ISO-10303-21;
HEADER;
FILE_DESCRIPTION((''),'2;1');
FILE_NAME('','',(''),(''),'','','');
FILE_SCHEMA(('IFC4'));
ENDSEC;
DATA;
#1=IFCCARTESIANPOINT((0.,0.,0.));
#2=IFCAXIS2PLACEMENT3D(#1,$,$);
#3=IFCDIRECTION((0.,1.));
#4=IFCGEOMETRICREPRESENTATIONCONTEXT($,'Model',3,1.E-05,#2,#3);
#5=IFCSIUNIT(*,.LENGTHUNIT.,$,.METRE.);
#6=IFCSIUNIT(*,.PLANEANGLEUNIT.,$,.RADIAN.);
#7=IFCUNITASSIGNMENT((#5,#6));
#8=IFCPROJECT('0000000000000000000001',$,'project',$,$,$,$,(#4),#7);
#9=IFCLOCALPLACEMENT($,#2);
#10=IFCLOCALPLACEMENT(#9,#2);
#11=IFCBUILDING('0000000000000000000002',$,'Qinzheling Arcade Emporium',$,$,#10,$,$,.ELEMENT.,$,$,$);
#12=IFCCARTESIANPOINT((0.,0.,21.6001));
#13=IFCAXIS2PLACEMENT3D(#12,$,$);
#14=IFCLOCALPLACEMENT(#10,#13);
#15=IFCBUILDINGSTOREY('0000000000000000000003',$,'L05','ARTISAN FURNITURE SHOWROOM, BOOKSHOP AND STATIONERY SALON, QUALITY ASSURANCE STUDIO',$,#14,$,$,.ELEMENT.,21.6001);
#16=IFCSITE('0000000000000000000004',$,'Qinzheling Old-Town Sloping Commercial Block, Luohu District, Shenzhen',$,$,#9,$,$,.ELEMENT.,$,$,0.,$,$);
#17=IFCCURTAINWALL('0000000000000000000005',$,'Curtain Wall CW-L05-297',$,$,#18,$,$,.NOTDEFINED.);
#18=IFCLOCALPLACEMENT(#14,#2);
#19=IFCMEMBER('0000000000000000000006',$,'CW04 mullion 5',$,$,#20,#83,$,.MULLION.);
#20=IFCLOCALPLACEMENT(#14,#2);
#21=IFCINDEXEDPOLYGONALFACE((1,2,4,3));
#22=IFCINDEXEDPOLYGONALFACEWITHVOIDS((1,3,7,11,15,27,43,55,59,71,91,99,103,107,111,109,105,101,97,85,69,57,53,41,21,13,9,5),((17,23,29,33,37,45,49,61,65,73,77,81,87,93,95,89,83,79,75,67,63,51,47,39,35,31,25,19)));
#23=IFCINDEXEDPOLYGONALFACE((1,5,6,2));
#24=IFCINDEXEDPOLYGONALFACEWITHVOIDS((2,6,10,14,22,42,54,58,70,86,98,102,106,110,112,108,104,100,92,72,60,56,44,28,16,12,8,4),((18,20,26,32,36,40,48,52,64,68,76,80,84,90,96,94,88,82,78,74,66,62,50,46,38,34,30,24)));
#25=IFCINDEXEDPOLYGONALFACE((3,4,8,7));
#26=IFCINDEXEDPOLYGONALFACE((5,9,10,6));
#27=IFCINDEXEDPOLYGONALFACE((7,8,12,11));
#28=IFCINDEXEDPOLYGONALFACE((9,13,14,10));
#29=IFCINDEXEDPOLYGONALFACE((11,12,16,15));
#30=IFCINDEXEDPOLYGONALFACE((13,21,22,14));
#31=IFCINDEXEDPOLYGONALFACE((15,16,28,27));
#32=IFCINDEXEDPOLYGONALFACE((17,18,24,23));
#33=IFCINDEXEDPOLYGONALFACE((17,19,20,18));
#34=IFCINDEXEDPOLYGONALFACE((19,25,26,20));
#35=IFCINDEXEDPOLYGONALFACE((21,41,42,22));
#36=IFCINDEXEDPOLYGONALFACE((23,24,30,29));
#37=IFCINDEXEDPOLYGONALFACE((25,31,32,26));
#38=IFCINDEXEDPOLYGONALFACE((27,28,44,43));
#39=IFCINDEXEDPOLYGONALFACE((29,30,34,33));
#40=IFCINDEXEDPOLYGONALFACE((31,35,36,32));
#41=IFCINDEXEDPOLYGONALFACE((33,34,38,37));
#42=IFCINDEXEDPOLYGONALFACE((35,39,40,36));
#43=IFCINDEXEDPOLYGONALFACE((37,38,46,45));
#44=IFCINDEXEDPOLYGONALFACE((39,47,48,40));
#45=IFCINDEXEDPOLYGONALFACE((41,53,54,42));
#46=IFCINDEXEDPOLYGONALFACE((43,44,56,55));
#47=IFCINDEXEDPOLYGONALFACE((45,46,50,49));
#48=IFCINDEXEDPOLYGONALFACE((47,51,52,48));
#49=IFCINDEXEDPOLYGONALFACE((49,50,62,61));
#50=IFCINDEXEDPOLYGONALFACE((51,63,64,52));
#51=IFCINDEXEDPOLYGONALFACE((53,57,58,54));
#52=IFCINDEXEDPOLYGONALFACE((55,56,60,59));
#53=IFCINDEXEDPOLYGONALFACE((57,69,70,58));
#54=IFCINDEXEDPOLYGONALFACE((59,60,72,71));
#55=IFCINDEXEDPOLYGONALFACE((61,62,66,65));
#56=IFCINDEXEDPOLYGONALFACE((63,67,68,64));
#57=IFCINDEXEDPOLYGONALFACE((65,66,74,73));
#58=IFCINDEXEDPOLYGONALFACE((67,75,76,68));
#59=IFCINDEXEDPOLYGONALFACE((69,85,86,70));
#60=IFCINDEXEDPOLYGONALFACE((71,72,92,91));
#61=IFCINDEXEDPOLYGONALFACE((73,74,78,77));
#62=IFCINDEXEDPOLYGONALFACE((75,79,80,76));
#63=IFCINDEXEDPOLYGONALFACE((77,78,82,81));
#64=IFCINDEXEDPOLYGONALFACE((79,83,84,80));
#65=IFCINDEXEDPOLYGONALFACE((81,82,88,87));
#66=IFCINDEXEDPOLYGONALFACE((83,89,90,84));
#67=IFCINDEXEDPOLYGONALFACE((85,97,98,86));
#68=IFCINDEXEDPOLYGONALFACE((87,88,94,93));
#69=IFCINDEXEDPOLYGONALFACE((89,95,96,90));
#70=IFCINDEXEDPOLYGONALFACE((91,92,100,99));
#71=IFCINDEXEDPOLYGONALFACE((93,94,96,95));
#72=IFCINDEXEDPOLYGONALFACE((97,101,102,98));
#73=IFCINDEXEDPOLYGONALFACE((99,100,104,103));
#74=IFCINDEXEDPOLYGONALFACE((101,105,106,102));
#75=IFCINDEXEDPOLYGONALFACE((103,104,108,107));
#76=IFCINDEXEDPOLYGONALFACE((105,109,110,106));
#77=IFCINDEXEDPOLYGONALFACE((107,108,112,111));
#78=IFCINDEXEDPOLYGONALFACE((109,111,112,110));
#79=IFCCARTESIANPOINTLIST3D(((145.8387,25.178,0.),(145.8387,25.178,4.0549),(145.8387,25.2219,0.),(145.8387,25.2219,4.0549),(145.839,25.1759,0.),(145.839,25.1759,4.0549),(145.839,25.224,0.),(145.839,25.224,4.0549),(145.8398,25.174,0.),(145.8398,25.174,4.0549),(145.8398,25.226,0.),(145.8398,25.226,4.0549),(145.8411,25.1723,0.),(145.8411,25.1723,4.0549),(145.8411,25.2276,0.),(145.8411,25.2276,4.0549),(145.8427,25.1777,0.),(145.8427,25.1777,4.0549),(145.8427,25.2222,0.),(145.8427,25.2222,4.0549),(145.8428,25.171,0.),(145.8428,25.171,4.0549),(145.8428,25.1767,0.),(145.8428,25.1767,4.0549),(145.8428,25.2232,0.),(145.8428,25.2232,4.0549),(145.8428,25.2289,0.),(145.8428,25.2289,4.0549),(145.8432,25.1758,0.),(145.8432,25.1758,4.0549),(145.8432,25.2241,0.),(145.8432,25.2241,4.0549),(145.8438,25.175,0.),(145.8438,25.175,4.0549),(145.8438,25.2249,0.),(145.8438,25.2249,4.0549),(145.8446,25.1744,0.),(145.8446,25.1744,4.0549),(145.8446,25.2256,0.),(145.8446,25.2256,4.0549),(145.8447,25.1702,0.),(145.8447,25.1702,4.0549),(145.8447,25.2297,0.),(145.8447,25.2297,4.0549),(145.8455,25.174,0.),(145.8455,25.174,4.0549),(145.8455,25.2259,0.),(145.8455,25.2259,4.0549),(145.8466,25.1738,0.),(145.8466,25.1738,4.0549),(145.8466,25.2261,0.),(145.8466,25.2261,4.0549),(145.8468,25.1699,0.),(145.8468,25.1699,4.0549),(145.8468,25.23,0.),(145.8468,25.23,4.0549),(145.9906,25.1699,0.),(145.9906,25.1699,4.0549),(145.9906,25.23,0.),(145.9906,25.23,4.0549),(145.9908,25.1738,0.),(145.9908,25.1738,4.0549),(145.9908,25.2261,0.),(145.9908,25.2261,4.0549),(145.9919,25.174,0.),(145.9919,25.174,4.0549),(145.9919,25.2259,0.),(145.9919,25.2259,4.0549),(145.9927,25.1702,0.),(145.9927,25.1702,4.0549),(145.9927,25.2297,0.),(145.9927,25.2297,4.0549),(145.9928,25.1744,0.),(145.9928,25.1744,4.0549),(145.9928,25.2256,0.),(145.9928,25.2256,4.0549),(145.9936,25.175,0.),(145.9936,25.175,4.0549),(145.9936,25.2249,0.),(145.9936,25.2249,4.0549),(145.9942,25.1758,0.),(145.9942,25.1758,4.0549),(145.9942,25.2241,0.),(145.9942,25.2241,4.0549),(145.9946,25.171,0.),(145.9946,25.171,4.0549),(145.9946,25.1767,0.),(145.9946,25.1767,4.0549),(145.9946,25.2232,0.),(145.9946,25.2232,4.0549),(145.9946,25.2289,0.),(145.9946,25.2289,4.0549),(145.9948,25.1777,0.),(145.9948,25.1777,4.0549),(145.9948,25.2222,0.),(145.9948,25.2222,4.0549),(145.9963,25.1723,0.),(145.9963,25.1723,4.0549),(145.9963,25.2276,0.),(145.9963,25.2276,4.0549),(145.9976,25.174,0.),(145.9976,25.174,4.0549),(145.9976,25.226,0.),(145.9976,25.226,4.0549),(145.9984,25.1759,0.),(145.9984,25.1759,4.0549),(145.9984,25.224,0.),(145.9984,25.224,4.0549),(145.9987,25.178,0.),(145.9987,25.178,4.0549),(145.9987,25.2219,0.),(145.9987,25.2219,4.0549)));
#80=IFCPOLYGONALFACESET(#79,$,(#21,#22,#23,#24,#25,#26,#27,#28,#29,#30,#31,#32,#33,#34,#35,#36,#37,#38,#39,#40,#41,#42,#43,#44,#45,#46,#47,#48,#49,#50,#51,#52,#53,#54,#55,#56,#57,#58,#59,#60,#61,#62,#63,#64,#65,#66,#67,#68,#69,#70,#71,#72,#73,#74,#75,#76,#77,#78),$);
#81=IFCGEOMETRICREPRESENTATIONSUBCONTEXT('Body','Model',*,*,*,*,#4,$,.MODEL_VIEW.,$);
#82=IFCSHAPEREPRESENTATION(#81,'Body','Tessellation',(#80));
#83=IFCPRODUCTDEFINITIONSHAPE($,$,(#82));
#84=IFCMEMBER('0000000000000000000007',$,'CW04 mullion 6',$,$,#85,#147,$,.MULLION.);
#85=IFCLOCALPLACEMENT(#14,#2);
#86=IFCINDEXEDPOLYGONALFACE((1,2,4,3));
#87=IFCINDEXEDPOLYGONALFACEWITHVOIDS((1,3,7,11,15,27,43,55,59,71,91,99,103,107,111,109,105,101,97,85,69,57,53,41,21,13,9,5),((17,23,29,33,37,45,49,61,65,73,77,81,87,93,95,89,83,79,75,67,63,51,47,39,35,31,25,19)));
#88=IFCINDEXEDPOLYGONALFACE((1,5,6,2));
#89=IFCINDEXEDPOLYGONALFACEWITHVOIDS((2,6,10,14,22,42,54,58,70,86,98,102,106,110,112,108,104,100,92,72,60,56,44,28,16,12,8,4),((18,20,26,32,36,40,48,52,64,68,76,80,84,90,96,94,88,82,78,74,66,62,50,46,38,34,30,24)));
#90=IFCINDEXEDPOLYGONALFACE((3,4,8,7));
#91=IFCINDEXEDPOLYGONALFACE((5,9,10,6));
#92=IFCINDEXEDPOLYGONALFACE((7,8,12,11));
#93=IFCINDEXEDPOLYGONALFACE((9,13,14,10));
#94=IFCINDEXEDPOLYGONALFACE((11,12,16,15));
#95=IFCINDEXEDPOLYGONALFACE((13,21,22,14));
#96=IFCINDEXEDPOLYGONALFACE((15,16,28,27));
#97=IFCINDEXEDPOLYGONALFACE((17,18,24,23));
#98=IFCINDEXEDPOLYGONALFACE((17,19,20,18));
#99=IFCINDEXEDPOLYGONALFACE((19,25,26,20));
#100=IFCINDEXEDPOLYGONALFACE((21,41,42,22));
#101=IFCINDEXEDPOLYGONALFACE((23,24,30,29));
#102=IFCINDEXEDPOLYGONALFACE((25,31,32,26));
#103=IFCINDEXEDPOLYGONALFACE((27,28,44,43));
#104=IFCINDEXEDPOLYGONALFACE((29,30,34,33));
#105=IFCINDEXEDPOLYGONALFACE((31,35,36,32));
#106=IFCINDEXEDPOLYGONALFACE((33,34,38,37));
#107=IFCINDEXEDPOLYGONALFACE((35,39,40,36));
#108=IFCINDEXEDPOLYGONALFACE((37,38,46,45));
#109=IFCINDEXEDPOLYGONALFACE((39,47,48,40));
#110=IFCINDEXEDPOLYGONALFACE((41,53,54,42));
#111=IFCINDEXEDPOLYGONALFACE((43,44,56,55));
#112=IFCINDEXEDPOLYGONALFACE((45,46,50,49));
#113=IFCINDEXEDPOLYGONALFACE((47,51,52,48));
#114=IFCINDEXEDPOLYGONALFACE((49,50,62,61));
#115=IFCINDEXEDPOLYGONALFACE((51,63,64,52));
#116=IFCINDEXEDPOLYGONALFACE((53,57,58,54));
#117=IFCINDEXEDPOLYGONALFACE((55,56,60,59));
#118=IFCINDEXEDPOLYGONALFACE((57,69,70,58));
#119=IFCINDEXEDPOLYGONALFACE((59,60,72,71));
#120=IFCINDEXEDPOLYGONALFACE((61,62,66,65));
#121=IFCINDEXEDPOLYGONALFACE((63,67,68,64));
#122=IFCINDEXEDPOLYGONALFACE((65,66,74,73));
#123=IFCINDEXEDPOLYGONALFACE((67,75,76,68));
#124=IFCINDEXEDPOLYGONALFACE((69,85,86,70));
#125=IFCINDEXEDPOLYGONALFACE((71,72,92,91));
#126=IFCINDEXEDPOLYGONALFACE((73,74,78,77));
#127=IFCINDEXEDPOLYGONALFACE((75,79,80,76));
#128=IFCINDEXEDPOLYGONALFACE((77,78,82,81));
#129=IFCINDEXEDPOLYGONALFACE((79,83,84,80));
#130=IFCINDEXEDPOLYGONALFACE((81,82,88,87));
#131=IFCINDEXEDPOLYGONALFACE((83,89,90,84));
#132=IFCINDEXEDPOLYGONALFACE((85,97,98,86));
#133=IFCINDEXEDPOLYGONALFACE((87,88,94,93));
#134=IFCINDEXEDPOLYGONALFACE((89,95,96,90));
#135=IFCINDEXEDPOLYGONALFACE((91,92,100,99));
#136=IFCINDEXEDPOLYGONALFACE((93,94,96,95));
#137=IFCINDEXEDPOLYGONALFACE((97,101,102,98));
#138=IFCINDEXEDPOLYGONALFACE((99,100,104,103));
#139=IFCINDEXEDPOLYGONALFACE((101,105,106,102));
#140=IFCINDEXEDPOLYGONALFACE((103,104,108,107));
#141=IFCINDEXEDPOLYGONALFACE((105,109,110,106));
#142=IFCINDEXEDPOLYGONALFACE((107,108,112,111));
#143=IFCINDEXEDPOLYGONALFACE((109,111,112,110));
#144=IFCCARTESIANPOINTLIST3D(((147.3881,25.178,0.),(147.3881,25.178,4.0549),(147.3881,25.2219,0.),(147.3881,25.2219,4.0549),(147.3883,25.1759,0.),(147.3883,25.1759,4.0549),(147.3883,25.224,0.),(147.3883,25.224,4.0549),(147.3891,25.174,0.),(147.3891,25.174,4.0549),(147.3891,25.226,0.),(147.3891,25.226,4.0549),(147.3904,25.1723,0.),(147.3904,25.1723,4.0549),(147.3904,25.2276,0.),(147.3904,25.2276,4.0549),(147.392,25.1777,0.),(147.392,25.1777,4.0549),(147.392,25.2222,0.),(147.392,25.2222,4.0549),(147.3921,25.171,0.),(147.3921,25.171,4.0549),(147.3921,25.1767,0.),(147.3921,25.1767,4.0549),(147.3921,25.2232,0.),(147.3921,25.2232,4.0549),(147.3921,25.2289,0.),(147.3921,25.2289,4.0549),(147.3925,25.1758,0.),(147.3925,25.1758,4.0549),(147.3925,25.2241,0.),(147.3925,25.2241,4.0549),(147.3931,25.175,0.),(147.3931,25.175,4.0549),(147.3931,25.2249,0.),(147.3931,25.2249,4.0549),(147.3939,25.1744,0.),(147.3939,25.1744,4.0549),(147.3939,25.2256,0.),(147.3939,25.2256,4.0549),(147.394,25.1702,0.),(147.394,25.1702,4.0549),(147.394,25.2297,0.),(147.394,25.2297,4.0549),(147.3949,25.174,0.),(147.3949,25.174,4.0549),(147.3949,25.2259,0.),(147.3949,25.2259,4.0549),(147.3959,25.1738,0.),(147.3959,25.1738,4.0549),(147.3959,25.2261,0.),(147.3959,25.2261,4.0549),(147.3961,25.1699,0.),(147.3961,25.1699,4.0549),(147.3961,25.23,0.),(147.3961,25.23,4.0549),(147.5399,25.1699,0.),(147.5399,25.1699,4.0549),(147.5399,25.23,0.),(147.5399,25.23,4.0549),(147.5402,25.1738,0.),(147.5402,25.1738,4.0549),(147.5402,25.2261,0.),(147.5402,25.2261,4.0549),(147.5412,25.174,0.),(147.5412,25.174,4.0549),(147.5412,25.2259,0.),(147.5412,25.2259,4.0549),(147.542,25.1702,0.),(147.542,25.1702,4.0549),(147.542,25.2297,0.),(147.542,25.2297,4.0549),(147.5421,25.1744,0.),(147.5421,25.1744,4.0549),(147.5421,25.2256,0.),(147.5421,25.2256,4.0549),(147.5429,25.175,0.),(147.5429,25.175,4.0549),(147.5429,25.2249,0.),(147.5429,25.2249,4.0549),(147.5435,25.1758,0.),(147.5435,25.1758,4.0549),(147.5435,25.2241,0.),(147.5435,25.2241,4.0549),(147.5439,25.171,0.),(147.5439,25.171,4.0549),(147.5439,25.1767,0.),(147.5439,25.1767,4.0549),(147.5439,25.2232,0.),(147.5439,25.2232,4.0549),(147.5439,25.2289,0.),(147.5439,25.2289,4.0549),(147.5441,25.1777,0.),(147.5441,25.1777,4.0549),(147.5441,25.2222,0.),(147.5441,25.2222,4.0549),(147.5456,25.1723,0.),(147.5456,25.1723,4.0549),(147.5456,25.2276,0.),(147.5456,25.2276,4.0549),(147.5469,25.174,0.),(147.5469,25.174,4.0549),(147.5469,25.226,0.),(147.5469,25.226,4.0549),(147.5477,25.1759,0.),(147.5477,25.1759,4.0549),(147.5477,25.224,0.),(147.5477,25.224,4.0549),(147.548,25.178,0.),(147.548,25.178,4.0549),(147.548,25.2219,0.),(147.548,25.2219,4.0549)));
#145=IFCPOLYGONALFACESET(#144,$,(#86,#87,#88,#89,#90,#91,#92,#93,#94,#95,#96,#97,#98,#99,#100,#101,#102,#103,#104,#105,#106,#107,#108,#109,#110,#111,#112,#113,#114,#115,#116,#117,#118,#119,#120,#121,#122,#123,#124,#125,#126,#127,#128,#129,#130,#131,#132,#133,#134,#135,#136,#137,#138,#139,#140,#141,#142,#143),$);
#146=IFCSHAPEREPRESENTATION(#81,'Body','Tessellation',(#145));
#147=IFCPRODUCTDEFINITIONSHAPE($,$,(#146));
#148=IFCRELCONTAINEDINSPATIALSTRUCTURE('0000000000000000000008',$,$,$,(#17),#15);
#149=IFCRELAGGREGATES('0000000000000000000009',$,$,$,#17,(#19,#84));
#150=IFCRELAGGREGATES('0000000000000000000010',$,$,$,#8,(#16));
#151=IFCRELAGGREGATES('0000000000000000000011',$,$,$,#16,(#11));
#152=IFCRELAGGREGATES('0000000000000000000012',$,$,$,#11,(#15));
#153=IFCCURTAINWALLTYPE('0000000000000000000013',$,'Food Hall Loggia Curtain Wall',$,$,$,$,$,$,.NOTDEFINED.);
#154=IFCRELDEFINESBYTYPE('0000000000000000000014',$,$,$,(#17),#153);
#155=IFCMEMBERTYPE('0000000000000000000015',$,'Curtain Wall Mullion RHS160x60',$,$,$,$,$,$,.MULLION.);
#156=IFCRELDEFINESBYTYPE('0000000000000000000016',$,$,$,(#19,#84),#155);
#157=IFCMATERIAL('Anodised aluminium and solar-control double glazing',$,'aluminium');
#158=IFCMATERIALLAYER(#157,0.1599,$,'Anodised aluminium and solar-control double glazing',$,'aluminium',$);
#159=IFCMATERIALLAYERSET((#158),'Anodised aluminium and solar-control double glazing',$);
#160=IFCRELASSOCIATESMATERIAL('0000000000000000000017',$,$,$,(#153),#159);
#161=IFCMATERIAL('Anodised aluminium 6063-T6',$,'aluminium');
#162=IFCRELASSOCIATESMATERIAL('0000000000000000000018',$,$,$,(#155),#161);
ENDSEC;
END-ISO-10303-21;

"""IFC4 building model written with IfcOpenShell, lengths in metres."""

from ifc_helpers import new_model, si_unit, direction, frame, origin, origin_2d, place, context, subcontext, project, spatial, hollow_rectangle, extrude, material, layer, layer_set, material_profile, profile_set, type_object, element, aggregate, save


model = new_model("IFC4")

# Units and contexts
model_context = context("Model", 3, precision=1e-05, world=origin(), true_north=direction((0.0, 1.0)))
body_context = subcontext(model_context, "Body", "Model", "MODEL_VIEW")
ifc_project = project(units=[si_unit("LENGTHUNIT", "METRE"), si_unit("PLANEANGLEUNIT", "RADIAN")], contexts=[model_context])

# Site, building, storey
site_placement = place(None, origin())
site = spatial("IfcSite", under=ifc_project, at=site_placement, Name="Qinzheling Old-Town Sloping Commercial Block, Luohu District, Shenzhen", CompositionType="ELEMENT", RefElevation=0.0)
building_placement = place(site_placement, origin())
building = spatial("IfcBuilding", under=site, at=building_placement, Name="Qinzheling Arcade Emporium", CompositionType="ELEMENT")
storey_placement = place(building_placement, frame((0.0, 0.0, 21.6001)))
storey = spatial("IfcBuildingStorey", under=building, at=storey_placement, Name="L05", Description="ARTISAN FURNITURE SHOWROOM, BOOKSHOP AND STATIONERY SALON, QUALITY ASSURANCE STUDIO", CompositionType="ELEMENT", Elevation=21.6001)

# Curtain wall, members
ifc_material_1 = material(Name="Anodised aluminium and solar-control double glazing", Category="aluminium")
ifc_layer_1 = layer(ifc_material_1, 0.1599, Name="Anodised aluminium and solar-control double glazing", Category="aluminium")
ifc_layer_set_1 = layer_set([ifc_layer_1], Name="Anodised aluminium and solar-control double glazing")
curtain_wall_type = type_object("IfcCurtainWallType", Name="Food Hall Loggia Curtain Wall", PredefinedType="NOTDEFINED", material=ifc_layer_set_1)
curtain_wall_placement = place(storey_placement, origin())
curtain_wall = element("IfcCurtainWall", 1, at=curtain_wall_placement, inside=storey, type_object=curtain_wall_type, Name="Curtain Wall CW-L05-297", PredefinedType="NOTDEFINED")
ifc_material_2 = material(Name="Anodised aluminium 6063-T6", Category="aluminium")
ifc_material_profile_1 = material_profile(ifc_material_2, hollow_rectangle(XDim=0.0601, YDim=0.1599, WallThickness=0.0039, InnerFilletRadius=0.0039, OuterFilletRadius=0.0081, at=origin_2d()), Name="RHS 160x60x4", Category="aluminium")
ifc_profile_set_1 = profile_set([ifc_material_profile_1], Name="Anodised aluminium 6063-T6")
member_type_1 = type_object("IfcMemberType", Name="Curtain Wall Mullion RHS160x60", PredefinedType="MULLION", material=ifc_profile_set_1)
member_1_placement = place(storey_placement, frame((145.9187, 25.2, 0.0), z_axis=(0.0, 0.0, 1.0), x_axis=(0.0, 1.0, 0.0)))
member_1 = element("IfcMember", 2, at=member_1_placement, type_object=member_type_1, Name="CW04 mullion 5", PredefinedType="MULLION", context=body_context, shape_type="SweptSolid", body=[
    extrude(hollow_rectangle(XDim=0.0601, YDim=0.1599, WallThickness=0.0039, InnerFilletRadius=0.0039, OuterFilletRadius=0.0081, at=origin_2d()), origin(), (0.0, 0.0, 1.0), 4.0549),
])
member_2_placement = place(storey_placement, frame((147.468, 25.2, 0.0), z_axis=(0.0, 0.0, 1.0), x_axis=(0.0, 1.0, 0.0)))
member_2 = element("IfcMember", 3, at=member_2_placement, type_object=member_type_1, Name="CW04 mullion 6", PredefinedType="MULLION", context=body_context, shape_type="SweptSolid", body=[
    extrude(hollow_rectangle(XDim=0.0601, YDim=0.1599, WallThickness=0.0039, InnerFilletRadius=0.0039, OuterFilletRadius=0.0081, at=origin_2d()), origin(), (0.0, 0.0, 1.0), 4.0549),
])
aggregate(curtain_wall, [member_1, member_2])

save(model, "model.ifc")
